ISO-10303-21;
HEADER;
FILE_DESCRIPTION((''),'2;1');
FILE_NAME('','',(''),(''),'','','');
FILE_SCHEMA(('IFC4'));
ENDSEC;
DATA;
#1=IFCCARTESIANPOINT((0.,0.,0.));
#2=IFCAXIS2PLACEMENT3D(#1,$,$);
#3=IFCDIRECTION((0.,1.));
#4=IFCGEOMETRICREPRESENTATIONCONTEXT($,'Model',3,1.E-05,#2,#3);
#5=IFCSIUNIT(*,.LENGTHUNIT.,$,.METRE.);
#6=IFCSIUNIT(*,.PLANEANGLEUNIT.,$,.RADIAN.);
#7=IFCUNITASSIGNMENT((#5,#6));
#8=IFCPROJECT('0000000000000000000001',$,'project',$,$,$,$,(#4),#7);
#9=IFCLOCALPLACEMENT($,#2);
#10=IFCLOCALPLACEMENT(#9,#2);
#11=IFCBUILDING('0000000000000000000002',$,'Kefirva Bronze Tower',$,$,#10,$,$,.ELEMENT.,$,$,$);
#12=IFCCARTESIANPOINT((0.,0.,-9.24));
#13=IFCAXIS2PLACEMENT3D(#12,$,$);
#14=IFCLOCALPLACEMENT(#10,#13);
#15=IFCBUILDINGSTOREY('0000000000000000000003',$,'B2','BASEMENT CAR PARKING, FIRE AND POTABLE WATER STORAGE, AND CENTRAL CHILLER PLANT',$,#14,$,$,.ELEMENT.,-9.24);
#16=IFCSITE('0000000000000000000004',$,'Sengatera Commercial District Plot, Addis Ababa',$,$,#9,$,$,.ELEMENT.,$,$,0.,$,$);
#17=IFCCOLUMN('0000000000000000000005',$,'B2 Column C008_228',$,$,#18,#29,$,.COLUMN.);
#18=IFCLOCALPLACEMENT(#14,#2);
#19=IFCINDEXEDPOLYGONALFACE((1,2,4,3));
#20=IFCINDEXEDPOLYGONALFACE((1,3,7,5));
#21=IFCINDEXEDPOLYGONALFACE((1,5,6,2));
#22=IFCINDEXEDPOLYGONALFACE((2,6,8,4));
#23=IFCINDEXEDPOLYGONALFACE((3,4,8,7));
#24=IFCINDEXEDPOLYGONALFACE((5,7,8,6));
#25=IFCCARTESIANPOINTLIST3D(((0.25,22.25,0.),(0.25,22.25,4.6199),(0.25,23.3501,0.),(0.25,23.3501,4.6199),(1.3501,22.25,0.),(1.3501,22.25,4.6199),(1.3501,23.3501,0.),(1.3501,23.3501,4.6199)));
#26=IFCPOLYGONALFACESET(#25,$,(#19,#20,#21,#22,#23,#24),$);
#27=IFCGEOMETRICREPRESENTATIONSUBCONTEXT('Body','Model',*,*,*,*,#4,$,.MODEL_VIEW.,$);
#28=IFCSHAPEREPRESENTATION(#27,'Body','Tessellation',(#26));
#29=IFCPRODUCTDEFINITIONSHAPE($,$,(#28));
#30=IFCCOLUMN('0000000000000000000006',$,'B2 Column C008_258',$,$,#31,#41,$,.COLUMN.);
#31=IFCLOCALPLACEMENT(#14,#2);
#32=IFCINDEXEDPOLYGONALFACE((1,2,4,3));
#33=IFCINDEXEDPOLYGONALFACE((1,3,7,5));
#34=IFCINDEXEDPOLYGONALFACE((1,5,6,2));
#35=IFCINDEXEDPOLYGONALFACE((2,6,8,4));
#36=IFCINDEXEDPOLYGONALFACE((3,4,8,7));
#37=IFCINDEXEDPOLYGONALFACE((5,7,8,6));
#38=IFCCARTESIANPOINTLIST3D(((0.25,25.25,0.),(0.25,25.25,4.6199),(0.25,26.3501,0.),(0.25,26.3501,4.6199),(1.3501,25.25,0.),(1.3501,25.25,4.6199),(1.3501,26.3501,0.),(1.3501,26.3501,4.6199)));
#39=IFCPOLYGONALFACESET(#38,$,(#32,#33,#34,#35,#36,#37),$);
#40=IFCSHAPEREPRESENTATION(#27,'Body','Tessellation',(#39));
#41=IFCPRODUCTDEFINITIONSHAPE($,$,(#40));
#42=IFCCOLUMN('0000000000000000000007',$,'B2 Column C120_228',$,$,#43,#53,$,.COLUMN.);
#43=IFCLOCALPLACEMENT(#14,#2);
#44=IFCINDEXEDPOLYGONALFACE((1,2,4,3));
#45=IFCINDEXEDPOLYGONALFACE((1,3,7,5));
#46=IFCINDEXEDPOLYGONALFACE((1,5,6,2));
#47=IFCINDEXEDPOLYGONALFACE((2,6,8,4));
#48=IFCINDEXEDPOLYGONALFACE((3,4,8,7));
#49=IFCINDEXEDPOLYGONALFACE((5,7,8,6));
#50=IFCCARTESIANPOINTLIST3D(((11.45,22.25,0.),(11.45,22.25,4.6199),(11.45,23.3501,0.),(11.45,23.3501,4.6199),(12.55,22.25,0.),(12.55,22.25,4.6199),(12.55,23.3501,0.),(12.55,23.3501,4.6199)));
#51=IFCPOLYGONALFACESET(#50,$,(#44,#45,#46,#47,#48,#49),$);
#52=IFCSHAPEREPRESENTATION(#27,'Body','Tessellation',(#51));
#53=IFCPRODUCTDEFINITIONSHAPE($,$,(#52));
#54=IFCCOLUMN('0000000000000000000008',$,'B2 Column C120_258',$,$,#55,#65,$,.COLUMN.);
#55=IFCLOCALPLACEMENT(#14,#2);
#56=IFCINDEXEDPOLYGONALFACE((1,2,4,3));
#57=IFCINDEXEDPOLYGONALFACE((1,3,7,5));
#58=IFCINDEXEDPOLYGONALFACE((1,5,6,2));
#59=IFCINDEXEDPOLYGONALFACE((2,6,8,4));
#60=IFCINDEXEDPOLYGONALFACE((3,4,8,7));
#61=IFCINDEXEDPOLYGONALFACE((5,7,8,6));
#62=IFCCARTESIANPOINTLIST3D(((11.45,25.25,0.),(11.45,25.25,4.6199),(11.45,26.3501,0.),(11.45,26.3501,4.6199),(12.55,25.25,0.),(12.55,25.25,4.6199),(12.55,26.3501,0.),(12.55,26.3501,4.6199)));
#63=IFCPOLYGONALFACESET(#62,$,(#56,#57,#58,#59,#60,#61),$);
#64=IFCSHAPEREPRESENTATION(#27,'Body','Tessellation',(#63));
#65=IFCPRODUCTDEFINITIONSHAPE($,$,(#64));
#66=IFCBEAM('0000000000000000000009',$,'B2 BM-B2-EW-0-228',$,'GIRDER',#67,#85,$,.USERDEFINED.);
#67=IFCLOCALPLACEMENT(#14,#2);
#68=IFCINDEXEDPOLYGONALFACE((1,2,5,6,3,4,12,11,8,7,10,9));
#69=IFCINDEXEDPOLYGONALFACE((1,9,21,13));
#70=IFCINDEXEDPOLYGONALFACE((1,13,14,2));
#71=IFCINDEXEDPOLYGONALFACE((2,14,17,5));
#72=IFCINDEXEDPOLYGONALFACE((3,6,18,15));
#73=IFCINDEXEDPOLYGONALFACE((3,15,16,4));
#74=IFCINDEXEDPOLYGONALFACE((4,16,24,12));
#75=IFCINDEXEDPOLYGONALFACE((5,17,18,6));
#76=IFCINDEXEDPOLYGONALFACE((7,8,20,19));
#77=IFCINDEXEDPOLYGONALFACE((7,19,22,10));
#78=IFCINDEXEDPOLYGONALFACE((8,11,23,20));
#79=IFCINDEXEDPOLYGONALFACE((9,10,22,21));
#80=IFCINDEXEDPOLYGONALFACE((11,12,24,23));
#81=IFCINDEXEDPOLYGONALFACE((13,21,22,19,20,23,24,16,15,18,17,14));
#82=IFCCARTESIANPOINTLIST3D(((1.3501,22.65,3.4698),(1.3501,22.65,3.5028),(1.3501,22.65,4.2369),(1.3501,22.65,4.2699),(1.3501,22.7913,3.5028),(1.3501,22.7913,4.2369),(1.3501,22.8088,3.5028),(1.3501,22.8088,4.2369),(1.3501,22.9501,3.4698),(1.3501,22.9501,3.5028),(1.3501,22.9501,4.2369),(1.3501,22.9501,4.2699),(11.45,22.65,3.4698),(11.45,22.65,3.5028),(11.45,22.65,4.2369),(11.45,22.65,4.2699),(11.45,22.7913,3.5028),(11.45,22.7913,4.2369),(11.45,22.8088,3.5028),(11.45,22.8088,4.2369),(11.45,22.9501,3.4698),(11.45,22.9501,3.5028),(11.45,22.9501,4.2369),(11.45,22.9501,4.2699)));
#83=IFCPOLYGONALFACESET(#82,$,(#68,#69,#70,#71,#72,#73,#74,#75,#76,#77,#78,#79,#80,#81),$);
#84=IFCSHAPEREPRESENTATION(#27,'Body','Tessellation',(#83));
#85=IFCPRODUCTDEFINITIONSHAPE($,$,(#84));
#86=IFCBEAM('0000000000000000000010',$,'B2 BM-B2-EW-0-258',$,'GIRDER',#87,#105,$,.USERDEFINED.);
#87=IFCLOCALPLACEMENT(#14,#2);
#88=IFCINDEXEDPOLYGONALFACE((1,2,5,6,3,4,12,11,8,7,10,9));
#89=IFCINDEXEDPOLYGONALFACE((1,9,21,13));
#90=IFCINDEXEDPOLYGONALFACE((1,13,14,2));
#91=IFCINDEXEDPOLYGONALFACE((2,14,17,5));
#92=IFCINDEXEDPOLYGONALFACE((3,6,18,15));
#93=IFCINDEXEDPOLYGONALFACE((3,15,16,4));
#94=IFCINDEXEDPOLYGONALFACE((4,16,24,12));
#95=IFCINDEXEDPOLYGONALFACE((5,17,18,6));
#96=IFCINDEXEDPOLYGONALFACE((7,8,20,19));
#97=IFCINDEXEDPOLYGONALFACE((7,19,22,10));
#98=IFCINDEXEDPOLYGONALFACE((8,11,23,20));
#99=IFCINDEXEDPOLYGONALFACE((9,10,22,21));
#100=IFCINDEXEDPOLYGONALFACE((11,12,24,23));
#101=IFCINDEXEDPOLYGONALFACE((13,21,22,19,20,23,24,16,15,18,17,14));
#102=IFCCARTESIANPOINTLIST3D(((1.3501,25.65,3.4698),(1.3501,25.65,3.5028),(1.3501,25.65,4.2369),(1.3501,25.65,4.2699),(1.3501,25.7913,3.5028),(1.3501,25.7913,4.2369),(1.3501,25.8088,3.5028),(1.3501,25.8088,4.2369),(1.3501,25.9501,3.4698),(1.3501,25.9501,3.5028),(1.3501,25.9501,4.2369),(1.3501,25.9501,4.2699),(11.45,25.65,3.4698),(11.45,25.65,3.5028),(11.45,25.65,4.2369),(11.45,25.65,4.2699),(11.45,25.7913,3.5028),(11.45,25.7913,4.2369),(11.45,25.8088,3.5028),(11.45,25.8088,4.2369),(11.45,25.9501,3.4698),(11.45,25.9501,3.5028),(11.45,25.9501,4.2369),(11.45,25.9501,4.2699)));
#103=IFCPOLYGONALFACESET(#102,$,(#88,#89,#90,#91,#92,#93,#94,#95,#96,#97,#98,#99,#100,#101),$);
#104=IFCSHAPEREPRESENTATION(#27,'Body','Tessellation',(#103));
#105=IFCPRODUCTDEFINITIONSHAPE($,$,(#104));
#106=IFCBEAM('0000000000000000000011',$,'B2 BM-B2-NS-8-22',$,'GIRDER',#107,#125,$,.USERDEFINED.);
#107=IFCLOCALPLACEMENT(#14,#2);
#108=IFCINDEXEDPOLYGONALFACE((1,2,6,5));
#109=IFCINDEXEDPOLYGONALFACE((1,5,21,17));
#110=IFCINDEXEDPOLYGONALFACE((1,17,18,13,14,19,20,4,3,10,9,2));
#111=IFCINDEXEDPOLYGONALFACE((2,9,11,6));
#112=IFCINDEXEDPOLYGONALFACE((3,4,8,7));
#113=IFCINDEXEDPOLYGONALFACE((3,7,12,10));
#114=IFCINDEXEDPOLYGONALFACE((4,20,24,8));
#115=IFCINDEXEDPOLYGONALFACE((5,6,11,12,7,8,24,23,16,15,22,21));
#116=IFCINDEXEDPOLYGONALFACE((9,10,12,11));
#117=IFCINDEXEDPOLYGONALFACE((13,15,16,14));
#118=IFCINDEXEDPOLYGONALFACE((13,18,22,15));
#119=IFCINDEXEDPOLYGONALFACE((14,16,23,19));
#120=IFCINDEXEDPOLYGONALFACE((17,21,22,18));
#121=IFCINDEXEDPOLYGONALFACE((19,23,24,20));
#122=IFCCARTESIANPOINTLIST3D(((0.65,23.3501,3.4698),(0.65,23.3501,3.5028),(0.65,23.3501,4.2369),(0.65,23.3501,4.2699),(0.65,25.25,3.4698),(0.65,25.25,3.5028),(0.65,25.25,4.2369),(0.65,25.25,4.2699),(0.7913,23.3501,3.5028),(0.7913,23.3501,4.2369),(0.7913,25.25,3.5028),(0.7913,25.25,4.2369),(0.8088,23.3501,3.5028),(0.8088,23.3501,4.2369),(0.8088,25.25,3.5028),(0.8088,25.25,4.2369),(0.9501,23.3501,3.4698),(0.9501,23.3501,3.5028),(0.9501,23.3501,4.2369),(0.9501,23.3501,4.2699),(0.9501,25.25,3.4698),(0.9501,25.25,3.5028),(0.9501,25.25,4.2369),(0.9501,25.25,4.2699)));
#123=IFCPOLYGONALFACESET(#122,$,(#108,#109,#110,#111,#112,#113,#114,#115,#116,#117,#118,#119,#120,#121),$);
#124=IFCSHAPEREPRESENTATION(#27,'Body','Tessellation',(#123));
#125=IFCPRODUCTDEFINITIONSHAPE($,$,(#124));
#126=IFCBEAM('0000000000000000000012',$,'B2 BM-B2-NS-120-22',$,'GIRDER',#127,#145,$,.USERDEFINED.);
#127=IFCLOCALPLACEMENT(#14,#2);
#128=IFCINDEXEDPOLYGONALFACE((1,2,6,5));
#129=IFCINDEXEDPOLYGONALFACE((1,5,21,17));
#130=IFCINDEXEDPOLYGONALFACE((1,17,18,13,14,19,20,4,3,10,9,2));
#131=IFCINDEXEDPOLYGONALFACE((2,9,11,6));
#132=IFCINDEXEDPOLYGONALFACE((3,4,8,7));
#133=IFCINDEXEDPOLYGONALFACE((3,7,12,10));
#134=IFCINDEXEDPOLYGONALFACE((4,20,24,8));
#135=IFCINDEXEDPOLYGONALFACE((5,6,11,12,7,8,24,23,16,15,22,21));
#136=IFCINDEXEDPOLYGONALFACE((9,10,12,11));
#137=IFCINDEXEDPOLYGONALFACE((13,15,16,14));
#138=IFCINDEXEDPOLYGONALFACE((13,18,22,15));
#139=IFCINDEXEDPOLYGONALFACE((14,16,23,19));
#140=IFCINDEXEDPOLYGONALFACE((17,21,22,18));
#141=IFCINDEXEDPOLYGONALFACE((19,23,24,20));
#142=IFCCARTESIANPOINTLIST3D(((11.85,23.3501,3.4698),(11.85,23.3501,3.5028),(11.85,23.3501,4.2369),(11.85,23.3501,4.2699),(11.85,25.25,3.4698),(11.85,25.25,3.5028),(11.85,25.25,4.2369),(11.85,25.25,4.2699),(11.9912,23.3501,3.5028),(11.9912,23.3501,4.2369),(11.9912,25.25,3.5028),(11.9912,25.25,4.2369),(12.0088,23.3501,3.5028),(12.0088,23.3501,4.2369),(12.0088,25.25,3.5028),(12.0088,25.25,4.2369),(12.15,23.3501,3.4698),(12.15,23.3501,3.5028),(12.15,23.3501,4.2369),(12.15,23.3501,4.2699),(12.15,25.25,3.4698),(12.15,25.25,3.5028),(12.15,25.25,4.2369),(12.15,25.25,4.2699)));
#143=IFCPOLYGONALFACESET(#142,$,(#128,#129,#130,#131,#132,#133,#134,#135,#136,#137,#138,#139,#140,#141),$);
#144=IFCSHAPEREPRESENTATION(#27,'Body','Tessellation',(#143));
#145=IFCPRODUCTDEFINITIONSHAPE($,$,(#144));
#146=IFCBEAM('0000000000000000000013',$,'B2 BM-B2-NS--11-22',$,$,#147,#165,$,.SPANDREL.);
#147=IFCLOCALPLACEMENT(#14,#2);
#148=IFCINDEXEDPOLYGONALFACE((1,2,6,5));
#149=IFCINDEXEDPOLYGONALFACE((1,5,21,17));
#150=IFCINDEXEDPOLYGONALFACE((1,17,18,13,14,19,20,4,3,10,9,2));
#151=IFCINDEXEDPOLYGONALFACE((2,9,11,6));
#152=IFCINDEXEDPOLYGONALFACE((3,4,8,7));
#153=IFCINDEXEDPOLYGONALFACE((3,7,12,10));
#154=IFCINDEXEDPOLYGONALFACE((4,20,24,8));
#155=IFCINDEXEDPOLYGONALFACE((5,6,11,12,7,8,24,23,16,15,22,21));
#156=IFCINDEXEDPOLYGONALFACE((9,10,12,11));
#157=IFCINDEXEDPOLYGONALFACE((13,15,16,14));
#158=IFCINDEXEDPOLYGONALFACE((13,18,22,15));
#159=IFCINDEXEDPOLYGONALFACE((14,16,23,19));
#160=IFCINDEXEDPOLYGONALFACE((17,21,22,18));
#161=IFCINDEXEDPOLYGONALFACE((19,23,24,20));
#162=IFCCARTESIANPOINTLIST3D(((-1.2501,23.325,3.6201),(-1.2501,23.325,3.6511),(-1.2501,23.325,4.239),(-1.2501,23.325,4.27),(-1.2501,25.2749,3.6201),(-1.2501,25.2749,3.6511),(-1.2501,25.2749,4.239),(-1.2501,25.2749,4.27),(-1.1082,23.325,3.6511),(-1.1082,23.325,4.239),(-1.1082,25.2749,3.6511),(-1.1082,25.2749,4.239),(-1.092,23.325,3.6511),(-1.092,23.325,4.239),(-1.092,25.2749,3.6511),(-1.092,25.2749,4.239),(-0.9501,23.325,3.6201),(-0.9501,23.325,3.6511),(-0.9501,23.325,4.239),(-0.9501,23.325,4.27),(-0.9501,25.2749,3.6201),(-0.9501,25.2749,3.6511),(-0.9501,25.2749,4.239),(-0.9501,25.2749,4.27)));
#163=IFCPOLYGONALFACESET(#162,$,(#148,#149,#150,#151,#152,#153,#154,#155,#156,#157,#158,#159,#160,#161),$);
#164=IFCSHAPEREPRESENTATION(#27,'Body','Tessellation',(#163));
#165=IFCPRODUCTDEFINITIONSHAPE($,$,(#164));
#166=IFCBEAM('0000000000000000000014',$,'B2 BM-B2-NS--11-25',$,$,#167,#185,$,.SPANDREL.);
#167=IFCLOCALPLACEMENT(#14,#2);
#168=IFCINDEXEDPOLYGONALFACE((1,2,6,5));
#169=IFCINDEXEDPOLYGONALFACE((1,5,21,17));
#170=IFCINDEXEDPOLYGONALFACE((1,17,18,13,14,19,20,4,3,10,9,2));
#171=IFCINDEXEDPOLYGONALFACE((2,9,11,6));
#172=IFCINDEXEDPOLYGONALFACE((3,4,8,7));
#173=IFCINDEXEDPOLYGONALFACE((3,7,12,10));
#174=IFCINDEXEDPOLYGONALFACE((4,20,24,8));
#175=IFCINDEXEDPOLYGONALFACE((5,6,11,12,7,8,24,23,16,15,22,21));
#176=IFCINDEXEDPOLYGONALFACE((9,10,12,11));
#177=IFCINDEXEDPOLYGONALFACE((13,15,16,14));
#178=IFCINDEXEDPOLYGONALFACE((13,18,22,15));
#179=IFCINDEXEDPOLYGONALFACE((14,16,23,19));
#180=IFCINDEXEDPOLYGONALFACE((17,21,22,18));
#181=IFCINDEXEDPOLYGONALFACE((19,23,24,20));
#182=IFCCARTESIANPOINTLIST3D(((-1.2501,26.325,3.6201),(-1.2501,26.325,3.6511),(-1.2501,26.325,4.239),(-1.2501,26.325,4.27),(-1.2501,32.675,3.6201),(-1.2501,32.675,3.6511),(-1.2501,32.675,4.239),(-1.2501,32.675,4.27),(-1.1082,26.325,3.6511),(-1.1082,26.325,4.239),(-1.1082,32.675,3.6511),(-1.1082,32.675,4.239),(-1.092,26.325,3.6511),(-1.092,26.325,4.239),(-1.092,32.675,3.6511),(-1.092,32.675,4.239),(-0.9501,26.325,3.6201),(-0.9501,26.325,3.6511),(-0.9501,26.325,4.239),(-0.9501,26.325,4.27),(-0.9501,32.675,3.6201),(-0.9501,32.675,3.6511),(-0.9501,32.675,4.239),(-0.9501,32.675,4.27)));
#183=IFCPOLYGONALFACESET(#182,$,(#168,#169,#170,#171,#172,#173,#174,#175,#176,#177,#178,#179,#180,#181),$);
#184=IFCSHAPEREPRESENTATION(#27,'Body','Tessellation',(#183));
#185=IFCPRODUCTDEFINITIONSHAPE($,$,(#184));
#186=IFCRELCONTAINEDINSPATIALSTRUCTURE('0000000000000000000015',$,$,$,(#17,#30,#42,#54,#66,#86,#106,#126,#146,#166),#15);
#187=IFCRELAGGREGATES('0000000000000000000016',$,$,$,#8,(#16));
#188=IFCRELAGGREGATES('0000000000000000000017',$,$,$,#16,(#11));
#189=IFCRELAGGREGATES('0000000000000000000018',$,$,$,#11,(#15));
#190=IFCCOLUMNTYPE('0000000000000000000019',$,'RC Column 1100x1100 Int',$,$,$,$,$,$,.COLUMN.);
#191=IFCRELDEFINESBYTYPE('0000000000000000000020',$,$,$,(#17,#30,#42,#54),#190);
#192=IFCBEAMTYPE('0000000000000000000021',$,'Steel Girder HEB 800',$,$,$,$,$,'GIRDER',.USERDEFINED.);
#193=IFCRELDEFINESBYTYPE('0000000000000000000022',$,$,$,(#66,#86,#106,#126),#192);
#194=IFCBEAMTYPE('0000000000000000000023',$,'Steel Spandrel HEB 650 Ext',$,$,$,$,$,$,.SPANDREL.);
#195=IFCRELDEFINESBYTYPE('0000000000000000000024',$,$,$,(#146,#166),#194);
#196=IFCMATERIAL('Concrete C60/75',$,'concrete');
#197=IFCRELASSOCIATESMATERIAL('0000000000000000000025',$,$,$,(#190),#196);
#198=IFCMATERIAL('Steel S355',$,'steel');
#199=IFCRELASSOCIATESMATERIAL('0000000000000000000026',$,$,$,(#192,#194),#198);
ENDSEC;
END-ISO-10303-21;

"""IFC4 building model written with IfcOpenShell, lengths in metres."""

from ifc_helpers import new_model, si_unit, direction, frame, origin, origin_2d, place, context, subcontext, project, spatial, rectangle, i_section, extrude, material, material_profile, profile_set, type_object, element, save


model = new_model("IFC4")

# Units and contexts
model_context = context("Model", 3, precision=1e-05, world=origin(), true_north=direction((0.0, 1.0)))
body_context = subcontext(model_context, "Body", "Model", "MODEL_VIEW")
ifc_project = project(units=[si_unit("LENGTHUNIT", "METRE"), si_unit("PLANEANGLEUNIT", "RADIAN")], contexts=[model_context])

# Site, building, storey
site_placement = place(None, origin())
site = spatial("IfcSite", under=ifc_project, at=site_placement, Name="Sengatera Commercial District Plot, Addis Ababa", CompositionType="ELEMENT", RefElevation=0.0)
building_placement = place(site_placement, origin())
building = spatial("IfcBuilding", under=site, at=building_placement, Name="Kefirva Bronze Tower", CompositionType="ELEMENT")
storey_placement = place(building_placement, frame((0.0, 0.0, -9.24)))
storey = spatial("IfcBuildingStorey", under=building, at=storey_placement, Name="B2", Description="BASEMENT CAR PARKING, FIRE AND POTABLE WATER STORAGE, AND CENTRAL CHILLER PLANT", CompositionType="ELEMENT", Elevation=-9.24)

# Columns
ifc_material_1 = material(Name="Concrete C60/75", Category="concrete")
ifc_material_profile_1 = material_profile(ifc_material_1, rectangle(XDim=1.1001, YDim=1.1001, at=origin_2d()), Name="RC 1100x1100")
ifc_profile_set_1 = profile_set([ifc_material_profile_1], Name="Concrete C60/75")
column_type_1 = type_object("IfcColumnType", Name="RC Column 1100x1100 Int", PredefinedType="COLUMN", material=ifc_profile_set_1)
for number, where, z_axis, x_axis, name in (
    (1, (0.8, 22.8, 0.0), (0.0, 0.0, 1.0), (1.0, 0.0, 0.0), "B2 Column C008_228"),
    (2, (0.8, 25.8, 0.0), (0.0, 0.0, 1.0), (1.0, 0.0, 0.0), "B2 Column C008_258"),
    (3, (12.0, 22.8, 0.0), (0.0, 0.0, 1.0), (1.0, 0.0, 0.0), "B2 Column C120_228"),
    (4, (12.0, 25.8, 0.0), (0.0, 0.0, 1.0), (1.0, 0.0, 0.0), "B2 Column C120_258"),
):
    element("IfcColumn", number, at=place(storey_placement, frame(where, z_axis=z_axis, x_axis=x_axis)), inside=storey, type_object=column_type_1, Name=name, PredefinedType="COLUMN", context=body_context, shape_type="SweptSolid", body=[
        extrude(rectangle(XDim=1.1001, YDim=1.1001, at=origin_2d()), origin(), (0.0, 0.0, 1.0), 4.6199),
    ])

# Beams
ifc_material_2 = material(Name="Steel S355", Category="steel")
ifc_material_profile_2 = material_profile(ifc_material_2, i_section(OverallWidth=0.3, OverallDepth=0.8, WebThickness=0.0176, FlangeThickness=0.033, at=origin_2d()), Name="HEB 800")
ifc_profile_set_2 = profile_set([ifc_material_profile_2], Name="Steel S355")
beam_type_1 = type_object("IfcBeamType", Name="Steel Girder HEB 800", ElementType="GIRDER", PredefinedType="USERDEFINED", material=ifc_profile_set_2)
for number, where, z_axis, x_axis, name in (
    (5, (1.3501, 22.8, 3.8699), (1.0, 0.0, 0.0), (0.0, 1.0, 0.0), "B2 BM-B2-EW-0-228"),
    (6, (1.3501, 25.8, 3.8699), (1.0, 0.0, 0.0), (0.0, 1.0, 0.0), "B2 BM-B2-EW-0-258"),
):
    element("IfcBeam", number, at=place(storey_placement, frame(where, z_axis=z_axis, x_axis=x_axis)), inside=storey, type_object=beam_type_1, Name=name, ObjectType="GIRDER", PredefinedType="USERDEFINED", context=body_context, shape_type="SweptSolid", body=[
        extrude(i_section(OverallWidth=0.3, OverallDepth=0.8, WebThickness=0.0176, FlangeThickness=0.033, at=origin_2d()), origin(), (0.0, 0.0, 1.0), 10.0999),
    ])
for number, where, z_axis, x_axis, name in (
    (7, (0.8, 23.3501, 3.8699), (0.0, 1.0, 0.0), (-1.0, 0.0, 0.0), "B2 BM-B2-NS-8-22"),
    (8, (12.0, 23.3501, 3.8699), (0.0, 1.0, 0.0), (-1.0, 0.0, 0.0), "B2 BM-B2-NS-120-22"),
):
    element("IfcBeam", number, at=place(storey_placement, frame(where, z_axis=z_axis, x_axis=x_axis)), inside=storey, type_object=beam_type_1, Name=name, ObjectType="GIRDER", PredefinedType="USERDEFINED", context=body_context, shape_type="SweptSolid", body=[
        extrude(i_section(OverallWidth=0.3, OverallDepth=0.8, WebThickness=0.0176, FlangeThickness=0.033, at=origin_2d()), origin(), (0.0, 0.0, 1.0), 1.8999),
    ])
ifc_material_profile_3 = material_profile(ifc_material_2, i_section(OverallWidth=0.3, OverallDepth=0.6499, WebThickness=0.0161, FlangeThickness=0.031, at=origin_2d()), Name="HEB 650")
ifc_profile_set_3 = profile_set([ifc_material_profile_3], Name="Steel S355")
beam_type_2 = type_object("IfcBeamType", Name="Steel Spandrel HEB 650 Ext", PredefinedType="SPANDREL", material=ifc_profile_set_3)
beam_1_placement = place(storey_placement, frame((-1.1001, 23.325, 3.9451), z_axis=(0.0, 1.0, 0.0), x_axis=(-1.0, 0.0, 0.0)))
element("IfcBeam", 9, at=beam_1_placement, inside=storey, type_object=beam_type_2, Name="B2 BM-B2-NS--11-22", PredefinedType="SPANDREL", context=body_context, shape_type="SweptSolid", body=[
    extrude(i_section(OverallWidth=0.3, OverallDepth=0.6499, WebThickness=0.0161, FlangeThickness=0.031, at=origin_2d()), origin(), (0.0, 0.0, 1.0), 1.95),
])
beam_2_placement = place(storey_placement, frame((-1.1001, 26.325, 3.9451), z_axis=(0.0, 1.0, 0.0), x_axis=(-1.0, 0.0, 0.0)))
element("IfcBeam", 10, at=beam_2_placement, inside=storey, type_object=beam_type_2, Name="B2 BM-B2-NS--11-25", PredefinedType="SPANDREL", context=body_context, shape_type="SweptSolid", body=[
    extrude(i_section(OverallWidth=0.3, OverallDepth=0.6499, WebThickness=0.0161, FlangeThickness=0.031, at=origin_2d()), origin(), (0.0, 0.0, 1.0), 6.3501),
])

save(model, "model.ifc")
